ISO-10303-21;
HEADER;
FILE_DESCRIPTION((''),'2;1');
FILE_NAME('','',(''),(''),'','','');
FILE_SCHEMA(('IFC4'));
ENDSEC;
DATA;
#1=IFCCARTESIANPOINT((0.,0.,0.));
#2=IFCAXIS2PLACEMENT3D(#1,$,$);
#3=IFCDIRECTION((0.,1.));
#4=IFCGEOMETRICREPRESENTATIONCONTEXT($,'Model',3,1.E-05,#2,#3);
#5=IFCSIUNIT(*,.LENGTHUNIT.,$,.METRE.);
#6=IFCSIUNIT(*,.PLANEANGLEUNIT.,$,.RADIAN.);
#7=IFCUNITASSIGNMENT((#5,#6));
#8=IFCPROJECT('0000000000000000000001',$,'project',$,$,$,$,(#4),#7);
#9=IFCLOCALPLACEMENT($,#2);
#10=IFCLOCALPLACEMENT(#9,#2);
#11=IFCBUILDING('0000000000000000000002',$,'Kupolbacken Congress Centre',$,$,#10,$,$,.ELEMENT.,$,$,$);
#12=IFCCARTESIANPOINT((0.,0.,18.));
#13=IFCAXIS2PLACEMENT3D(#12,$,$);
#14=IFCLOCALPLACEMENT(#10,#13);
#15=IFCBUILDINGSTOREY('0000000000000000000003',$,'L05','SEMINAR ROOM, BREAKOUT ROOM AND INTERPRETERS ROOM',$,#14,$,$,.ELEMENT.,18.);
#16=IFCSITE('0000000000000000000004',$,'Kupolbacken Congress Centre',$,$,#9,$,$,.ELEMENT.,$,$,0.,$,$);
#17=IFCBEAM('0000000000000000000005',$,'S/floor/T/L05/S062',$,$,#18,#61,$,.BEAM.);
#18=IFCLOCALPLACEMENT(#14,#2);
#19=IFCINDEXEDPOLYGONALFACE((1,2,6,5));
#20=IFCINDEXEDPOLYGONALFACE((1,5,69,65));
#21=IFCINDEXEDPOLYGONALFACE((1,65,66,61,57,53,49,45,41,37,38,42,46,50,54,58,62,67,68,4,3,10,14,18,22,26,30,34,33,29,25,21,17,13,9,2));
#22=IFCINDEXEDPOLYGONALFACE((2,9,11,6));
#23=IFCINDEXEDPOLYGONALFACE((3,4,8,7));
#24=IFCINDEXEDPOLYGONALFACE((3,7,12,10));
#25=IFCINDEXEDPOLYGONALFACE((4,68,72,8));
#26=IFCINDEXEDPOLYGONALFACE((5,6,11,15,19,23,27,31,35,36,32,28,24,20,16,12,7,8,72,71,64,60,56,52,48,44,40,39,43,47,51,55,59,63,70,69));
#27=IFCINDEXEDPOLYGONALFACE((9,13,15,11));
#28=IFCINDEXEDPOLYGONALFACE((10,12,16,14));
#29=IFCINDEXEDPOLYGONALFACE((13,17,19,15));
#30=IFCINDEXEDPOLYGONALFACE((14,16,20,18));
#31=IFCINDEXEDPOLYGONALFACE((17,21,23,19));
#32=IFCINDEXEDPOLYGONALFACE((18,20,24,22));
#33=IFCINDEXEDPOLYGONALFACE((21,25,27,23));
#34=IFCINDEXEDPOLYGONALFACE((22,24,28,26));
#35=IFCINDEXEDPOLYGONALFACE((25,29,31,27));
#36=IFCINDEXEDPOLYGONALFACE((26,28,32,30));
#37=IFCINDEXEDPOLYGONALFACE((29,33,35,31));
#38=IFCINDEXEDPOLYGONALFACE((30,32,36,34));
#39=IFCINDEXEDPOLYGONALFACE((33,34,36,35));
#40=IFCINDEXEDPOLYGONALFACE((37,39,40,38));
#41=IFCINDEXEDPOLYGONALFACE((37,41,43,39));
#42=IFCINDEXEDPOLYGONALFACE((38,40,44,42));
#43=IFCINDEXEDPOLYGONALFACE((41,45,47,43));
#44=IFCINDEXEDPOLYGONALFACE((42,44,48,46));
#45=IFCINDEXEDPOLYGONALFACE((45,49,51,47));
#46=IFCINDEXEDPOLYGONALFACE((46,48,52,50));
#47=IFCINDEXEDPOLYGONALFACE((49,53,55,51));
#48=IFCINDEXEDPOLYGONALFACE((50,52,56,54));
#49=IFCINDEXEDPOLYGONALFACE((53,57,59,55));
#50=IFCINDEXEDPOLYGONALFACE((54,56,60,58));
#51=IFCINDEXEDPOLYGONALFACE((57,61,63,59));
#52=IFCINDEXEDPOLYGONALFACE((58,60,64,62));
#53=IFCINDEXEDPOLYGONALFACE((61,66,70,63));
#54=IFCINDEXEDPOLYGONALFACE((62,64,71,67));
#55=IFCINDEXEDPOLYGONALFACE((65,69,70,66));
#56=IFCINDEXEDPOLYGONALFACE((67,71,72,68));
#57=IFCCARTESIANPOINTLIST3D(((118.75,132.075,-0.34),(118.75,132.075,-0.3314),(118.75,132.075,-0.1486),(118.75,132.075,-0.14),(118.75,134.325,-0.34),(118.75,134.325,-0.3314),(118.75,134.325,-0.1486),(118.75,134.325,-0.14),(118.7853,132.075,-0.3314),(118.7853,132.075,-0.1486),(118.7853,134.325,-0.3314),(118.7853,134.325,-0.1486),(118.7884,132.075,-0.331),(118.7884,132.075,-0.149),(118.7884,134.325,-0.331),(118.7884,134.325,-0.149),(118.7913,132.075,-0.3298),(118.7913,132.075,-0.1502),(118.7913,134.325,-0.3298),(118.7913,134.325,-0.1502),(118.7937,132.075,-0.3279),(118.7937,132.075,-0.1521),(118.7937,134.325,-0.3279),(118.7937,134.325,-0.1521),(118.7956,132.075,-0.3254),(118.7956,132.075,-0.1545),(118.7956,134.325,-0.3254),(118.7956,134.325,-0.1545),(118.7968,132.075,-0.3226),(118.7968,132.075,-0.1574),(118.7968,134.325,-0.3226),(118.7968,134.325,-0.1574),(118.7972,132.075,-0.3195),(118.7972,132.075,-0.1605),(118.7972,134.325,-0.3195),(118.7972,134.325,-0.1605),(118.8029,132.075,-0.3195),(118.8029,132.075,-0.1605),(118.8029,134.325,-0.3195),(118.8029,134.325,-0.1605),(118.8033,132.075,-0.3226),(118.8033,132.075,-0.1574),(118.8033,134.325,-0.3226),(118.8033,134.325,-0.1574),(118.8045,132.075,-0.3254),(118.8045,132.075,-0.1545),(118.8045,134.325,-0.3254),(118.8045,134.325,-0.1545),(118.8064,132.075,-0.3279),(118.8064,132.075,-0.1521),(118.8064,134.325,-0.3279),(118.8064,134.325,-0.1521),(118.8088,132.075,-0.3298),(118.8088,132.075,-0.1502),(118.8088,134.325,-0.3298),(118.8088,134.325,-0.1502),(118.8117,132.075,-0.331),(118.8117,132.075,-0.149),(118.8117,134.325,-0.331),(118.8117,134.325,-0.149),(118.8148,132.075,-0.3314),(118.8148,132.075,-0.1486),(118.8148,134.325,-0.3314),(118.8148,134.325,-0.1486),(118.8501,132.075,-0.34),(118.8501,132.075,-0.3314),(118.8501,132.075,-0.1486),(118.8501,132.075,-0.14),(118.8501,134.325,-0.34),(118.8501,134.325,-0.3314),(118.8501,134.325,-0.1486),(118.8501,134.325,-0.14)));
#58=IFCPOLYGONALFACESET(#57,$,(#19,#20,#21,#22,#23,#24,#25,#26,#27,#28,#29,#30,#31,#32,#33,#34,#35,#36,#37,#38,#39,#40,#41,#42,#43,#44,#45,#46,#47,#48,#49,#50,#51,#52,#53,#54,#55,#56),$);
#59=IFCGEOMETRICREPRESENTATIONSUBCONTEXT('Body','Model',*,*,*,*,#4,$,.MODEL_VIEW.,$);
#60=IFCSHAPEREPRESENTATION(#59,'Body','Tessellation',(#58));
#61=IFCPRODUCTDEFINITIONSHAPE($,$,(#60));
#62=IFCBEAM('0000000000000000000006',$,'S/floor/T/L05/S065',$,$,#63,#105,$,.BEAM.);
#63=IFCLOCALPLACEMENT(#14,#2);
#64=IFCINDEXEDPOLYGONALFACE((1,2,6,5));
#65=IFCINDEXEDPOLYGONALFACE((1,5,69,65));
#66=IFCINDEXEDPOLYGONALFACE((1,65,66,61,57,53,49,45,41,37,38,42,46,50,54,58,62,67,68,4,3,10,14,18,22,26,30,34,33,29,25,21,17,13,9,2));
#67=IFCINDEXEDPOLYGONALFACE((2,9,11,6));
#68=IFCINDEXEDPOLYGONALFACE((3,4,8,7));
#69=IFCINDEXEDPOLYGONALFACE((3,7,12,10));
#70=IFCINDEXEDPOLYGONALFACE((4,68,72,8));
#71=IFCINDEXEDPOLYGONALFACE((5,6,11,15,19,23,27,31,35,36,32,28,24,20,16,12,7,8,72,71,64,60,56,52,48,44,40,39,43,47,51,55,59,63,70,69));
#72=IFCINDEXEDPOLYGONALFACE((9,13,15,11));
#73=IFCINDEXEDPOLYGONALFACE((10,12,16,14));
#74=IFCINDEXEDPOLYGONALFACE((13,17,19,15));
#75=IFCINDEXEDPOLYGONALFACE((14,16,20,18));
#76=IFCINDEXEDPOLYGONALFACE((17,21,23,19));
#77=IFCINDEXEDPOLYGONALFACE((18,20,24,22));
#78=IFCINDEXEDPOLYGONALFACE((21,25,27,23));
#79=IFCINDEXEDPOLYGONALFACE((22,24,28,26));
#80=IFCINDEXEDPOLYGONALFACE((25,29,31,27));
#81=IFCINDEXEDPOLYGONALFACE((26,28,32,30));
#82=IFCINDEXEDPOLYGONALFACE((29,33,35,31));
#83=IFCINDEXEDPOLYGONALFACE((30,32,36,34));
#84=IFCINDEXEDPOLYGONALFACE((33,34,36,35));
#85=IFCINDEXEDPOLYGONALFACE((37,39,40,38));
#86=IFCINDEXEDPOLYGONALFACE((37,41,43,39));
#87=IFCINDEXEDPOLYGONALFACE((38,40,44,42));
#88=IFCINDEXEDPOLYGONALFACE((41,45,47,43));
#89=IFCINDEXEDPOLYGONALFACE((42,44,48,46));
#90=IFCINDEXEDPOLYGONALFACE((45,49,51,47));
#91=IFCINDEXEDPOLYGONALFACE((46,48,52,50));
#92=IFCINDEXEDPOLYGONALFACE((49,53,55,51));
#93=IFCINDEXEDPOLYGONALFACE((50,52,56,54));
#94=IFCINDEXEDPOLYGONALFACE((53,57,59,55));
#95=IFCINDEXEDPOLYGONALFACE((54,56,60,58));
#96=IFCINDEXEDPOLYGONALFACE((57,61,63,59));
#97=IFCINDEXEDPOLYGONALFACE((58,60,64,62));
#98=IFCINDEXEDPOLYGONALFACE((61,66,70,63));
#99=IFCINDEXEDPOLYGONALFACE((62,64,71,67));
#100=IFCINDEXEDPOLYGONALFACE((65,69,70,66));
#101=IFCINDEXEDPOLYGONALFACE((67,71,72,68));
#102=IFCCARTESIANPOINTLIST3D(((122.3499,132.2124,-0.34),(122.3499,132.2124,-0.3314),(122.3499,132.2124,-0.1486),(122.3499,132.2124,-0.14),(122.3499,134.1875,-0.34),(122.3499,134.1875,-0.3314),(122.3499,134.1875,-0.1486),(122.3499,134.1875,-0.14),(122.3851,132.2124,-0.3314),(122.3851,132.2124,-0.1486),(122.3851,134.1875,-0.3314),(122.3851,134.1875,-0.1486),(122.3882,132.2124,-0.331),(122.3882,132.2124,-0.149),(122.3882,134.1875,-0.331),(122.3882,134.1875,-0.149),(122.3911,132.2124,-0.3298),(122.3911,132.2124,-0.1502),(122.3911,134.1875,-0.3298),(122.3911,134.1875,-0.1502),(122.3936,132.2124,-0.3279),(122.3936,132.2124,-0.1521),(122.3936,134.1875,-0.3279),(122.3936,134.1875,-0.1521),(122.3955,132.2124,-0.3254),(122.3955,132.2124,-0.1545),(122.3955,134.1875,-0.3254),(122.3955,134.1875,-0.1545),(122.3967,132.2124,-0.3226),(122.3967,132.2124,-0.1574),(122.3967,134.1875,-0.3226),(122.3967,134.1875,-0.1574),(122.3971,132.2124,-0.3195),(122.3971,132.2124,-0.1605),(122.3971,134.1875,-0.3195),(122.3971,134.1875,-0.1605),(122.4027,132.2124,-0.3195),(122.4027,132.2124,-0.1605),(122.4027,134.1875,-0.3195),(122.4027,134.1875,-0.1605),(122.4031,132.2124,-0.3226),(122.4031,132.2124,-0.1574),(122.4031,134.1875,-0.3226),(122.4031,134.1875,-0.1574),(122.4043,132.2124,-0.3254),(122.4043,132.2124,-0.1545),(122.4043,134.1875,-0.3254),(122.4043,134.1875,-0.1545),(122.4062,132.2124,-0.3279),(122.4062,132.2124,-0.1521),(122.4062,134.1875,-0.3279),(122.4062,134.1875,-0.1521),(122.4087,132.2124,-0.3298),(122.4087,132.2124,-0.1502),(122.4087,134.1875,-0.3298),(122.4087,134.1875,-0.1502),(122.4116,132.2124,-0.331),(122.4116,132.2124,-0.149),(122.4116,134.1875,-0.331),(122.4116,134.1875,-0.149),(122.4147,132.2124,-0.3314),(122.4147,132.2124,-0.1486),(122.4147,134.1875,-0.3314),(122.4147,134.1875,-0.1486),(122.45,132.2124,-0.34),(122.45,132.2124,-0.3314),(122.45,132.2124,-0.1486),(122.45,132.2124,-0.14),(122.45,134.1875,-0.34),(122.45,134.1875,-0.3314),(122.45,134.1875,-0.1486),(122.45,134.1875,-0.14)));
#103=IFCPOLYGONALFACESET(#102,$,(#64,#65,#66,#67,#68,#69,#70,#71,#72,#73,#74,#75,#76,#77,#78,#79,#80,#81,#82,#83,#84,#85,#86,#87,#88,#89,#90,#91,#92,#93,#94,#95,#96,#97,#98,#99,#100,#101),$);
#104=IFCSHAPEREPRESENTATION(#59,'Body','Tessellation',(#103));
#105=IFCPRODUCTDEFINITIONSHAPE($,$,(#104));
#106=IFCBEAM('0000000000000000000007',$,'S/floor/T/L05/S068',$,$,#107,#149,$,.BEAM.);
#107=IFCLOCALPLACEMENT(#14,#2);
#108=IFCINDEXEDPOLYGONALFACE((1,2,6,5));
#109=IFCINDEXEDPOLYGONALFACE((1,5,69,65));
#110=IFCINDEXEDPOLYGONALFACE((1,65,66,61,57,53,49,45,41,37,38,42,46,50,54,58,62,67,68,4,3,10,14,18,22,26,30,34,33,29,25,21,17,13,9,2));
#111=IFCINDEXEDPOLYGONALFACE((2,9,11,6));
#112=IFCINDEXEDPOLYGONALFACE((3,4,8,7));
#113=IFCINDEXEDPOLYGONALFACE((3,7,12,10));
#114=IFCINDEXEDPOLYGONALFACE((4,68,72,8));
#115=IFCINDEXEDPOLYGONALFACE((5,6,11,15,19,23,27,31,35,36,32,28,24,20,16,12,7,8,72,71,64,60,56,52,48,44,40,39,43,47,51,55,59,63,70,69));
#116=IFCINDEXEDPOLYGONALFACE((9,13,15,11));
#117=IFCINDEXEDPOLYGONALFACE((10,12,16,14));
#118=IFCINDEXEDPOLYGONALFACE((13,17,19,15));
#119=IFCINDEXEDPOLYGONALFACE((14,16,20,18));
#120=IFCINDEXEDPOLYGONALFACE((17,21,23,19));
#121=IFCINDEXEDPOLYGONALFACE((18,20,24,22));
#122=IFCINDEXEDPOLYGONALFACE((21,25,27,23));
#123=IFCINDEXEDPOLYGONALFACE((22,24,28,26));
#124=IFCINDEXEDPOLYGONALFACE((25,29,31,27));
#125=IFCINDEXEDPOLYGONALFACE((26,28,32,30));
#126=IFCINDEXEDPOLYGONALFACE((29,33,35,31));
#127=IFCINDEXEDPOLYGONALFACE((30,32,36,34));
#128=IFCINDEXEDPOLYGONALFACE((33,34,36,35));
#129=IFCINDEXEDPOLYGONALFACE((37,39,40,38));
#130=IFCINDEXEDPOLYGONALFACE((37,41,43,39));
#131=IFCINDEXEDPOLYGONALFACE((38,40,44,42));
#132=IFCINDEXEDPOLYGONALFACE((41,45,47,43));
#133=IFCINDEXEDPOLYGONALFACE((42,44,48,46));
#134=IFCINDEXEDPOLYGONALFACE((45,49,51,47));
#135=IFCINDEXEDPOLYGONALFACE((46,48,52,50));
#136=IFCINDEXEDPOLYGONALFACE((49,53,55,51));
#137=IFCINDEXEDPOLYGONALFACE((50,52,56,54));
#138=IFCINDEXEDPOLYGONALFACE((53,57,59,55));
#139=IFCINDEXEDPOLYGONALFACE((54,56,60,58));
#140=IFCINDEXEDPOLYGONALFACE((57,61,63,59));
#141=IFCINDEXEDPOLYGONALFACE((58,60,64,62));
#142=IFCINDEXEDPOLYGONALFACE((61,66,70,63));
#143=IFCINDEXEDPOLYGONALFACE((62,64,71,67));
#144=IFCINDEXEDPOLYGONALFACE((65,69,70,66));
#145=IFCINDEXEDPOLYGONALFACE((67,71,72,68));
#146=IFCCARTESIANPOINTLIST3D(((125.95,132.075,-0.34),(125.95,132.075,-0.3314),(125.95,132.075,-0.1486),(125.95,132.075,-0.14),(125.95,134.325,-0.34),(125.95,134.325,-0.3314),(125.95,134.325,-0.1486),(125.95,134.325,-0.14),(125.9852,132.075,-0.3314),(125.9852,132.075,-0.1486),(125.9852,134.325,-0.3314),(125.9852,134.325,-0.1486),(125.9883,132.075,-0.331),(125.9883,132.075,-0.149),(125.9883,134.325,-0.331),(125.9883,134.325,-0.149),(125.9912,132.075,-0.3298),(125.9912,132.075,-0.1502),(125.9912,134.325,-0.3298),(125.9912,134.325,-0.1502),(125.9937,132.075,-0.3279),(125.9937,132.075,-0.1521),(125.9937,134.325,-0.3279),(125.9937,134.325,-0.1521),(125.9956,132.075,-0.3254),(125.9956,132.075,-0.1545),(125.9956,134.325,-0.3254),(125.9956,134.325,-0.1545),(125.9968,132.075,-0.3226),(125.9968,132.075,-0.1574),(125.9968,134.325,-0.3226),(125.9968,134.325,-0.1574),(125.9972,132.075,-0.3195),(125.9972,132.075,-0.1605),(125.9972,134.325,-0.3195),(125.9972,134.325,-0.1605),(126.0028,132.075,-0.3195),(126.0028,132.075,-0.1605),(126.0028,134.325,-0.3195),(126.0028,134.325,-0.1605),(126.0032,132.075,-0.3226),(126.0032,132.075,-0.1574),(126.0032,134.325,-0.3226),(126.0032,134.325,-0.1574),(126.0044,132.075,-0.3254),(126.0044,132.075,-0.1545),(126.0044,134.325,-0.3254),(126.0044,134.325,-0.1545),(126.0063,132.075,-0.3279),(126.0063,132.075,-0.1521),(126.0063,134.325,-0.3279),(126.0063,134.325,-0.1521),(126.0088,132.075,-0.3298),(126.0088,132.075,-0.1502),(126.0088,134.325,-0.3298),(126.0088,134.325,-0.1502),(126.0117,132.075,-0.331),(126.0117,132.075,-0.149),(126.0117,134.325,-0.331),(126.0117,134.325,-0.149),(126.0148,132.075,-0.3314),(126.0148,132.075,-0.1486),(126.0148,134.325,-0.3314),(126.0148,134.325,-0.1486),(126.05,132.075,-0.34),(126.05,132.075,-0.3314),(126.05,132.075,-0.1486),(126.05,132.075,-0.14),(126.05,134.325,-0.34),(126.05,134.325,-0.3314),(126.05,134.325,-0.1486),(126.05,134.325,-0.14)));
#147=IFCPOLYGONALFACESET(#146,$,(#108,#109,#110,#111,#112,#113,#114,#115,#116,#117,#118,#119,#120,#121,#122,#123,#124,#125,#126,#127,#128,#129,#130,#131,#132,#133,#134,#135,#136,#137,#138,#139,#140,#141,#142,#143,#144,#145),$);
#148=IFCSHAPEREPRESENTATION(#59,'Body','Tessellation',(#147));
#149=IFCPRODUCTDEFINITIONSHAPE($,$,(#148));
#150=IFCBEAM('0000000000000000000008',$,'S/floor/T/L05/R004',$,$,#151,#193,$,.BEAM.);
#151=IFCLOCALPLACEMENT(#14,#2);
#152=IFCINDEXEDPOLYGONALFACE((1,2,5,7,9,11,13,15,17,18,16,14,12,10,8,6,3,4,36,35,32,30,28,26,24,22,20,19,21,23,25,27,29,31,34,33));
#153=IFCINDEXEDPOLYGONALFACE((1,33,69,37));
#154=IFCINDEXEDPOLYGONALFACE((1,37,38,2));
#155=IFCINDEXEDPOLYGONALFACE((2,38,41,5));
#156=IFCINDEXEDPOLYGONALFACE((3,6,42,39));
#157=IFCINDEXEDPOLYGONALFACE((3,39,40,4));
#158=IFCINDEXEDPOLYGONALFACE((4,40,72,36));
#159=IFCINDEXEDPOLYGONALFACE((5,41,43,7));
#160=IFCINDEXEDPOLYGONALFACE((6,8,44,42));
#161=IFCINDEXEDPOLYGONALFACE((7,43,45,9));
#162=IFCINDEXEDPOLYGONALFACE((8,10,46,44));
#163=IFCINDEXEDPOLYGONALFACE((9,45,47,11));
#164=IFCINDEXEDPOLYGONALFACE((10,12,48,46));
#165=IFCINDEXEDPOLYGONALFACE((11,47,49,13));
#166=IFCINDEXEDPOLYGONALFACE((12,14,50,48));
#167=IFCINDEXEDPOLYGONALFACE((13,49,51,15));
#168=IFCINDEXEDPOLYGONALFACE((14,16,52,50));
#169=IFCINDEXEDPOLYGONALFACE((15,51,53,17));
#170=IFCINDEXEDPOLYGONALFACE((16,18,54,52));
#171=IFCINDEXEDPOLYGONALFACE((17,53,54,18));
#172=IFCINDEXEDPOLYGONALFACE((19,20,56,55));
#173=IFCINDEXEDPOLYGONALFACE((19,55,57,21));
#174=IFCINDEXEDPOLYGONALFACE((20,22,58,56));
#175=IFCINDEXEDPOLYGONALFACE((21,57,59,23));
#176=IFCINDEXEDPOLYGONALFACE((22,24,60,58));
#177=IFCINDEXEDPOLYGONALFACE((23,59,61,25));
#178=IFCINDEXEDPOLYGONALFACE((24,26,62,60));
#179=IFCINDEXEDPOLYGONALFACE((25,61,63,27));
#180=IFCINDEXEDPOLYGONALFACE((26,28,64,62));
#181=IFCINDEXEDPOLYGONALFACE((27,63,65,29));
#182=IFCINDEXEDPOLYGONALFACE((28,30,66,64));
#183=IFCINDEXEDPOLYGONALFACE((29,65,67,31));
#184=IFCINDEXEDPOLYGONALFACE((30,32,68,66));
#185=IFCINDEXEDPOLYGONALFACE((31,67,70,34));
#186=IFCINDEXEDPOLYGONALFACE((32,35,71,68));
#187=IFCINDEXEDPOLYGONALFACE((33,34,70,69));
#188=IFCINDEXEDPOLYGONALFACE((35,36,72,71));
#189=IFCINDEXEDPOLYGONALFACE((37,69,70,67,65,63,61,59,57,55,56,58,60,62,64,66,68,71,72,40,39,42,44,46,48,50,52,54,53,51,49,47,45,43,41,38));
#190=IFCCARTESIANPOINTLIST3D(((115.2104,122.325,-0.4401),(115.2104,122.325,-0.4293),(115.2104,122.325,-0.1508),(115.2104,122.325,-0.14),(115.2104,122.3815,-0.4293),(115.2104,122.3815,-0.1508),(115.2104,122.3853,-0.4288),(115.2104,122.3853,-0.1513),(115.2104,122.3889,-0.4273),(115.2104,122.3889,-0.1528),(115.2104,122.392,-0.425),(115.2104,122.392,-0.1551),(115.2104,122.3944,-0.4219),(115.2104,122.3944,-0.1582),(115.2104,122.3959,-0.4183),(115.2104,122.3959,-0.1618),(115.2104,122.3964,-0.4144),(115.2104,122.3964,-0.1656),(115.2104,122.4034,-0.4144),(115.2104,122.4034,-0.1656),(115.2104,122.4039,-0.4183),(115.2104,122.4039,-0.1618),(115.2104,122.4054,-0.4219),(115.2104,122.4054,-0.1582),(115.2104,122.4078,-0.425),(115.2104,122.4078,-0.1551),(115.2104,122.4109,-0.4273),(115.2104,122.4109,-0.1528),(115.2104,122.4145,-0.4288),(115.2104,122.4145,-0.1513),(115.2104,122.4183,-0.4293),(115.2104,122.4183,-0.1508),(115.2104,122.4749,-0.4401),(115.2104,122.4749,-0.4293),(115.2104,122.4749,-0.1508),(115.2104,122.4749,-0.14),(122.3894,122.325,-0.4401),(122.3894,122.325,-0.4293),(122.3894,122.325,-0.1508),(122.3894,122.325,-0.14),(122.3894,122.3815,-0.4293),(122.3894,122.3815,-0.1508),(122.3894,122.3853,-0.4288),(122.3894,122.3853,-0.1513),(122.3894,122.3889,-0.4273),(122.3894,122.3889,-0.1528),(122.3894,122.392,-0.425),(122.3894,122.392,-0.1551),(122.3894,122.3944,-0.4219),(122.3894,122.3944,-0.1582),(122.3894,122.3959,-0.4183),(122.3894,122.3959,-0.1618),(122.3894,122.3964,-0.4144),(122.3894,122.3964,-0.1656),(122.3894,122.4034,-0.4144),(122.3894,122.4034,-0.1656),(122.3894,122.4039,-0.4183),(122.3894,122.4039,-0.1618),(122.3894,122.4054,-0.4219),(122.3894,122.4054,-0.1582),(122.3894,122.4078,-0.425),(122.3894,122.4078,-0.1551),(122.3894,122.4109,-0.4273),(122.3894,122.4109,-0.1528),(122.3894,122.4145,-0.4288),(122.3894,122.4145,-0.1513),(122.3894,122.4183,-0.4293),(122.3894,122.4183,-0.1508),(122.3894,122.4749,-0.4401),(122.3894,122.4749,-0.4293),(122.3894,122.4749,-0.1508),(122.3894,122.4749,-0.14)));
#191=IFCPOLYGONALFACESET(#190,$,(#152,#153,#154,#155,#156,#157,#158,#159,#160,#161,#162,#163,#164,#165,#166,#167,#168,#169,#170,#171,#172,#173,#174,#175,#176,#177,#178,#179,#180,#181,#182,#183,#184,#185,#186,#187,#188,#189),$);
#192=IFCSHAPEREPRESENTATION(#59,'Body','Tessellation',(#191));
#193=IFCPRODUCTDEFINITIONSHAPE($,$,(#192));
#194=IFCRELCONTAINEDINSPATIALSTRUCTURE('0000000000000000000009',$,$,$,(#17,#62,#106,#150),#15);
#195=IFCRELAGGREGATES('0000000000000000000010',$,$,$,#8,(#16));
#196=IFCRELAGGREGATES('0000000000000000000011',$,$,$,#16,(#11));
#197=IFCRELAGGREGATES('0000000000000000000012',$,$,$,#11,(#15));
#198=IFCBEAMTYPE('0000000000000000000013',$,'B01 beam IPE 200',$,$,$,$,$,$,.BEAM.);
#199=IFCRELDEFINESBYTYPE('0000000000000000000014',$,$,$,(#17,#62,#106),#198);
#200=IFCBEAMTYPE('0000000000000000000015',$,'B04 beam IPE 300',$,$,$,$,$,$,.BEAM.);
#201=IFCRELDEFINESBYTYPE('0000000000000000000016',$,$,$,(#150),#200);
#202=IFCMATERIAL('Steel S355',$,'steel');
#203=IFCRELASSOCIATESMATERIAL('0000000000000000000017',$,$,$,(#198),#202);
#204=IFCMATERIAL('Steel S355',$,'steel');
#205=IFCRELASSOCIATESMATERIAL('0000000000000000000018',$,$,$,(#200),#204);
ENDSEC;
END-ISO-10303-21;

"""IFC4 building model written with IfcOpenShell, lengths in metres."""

from ifc_helpers import new_model, si_unit, direction, frame, origin, origin_2d, place, context, subcontext, project, spatial, i_section, extrude, material, material_profile, profile_set, type_object, element, save


model = new_model("IFC4")

# Units and contexts
model_context = context("Model", 3, precision=1e-05, world=origin(), true_north=direction((0.0, 1.0)))
body_context = subcontext(model_context, "Body", "Model", "MODEL_VIEW")
ifc_project = project(units=[si_unit("LENGTHUNIT", "METRE"), si_unit("PLANEANGLEUNIT", "RADIAN")], contexts=[model_context])

# Site, building, storey
site_placement = place(None, origin())
site = spatial("IfcSite", under=ifc_project, at=site_placement, Name="Kupolbacken Congress Centre", CompositionType="ELEMENT", RefElevation=0.0)
building_placement = place(site_placement, origin())
building = spatial("IfcBuilding", under=site, at=building_placement, Name="Kupolbacken Congress Centre", CompositionType="ELEMENT")
storey_placement = place(building_placement, frame((0.0, 0.0, 18.0)))
storey = spatial("IfcBuildingStorey", under=building, at=storey_placement, Name="L05", Description="SEMINAR ROOM, BREAKOUT ROOM AND INTERPRETERS ROOM", CompositionType="ELEMENT", Elevation=18.0)

# Beams
ifc_material_1 = material(Name="Steel S355", Category="steel")
ifc_material_profile_1 = material_profile(ifc_material_1, i_section(OverallWidth=0.1001, OverallDepth=0.2, WebThickness=0.0056, FlangeThickness=0.0085, FilletRadius=0.012, at=origin_2d()), Name="IPE 200")
ifc_profile_set_1 = profile_set([ifc_material_profile_1], Name="Steel S355")
beam_type_1 = type_object("IfcBeamType", Name="B01 beam IPE 200", PredefinedType="BEAM", material=ifc_profile_set_1)
beam_1_placement = place(storey_placement, frame((118.8, 132.075, -0.24), z_axis=(0.0, 1.0, 0.0), x_axis=(-1.0, 0.0, 0.0)))
element("IfcBeam", 1, at=beam_1_placement, inside=storey, type_object=beam_type_1, Name="S/floor/T/L05/S062", PredefinedType="BEAM", context=body_context, shape_type="SweptSolid", body=[
    extrude(i_section(OverallWidth=0.1001, OverallDepth=0.2, WebThickness=0.0056, FlangeThickness=0.0085, FilletRadius=0.012, at=origin_2d()), origin(), (0.0, 0.0, 1.0), 2.25),
])
beam_2_placement = place(storey_placement, frame((122.3999, 132.2124, -0.24), z_axis=(0.0, 1.0, 0.0), x_axis=(-1.0, 0.0, 0.0)))
element("IfcBeam", 2, at=beam_2_placement, inside=storey, type_object=beam_type_1, Name="S/floor/T/L05/S065", PredefinedType="BEAM", context=body_context, shape_type="SweptSolid", body=[
    extrude(i_section(OverallWidth=0.1001, OverallDepth=0.2, WebThickness=0.0056, FlangeThickness=0.0085, FilletRadius=0.012, at=origin_2d()), origin(), (0.0, 0.0, 1.0), 1.9751),
])
beam_3_placement = place(storey_placement, frame((126.0, 132.075, -0.24), z_axis=(0.0, 1.0, 0.0), x_axis=(-1.0, 0.0, 0.0)))
element("IfcBeam", 3, at=beam_3_placement, inside=storey, type_object=beam_type_1, Name="S/floor/T/L05/S068", PredefinedType="BEAM", context=body_context, shape_type="SweptSolid", body=[
    extrude(i_section(OverallWidth=0.1001, OverallDepth=0.2, WebThickness=0.0056, FlangeThickness=0.0085, FilletRadius=0.012, at=origin_2d()), origin(), (0.0, 0.0, 1.0), 2.25),
])
ifc_material_2 = material(Name="Steel S355", Category="steel")
ifc_material_profile_2 = material_profile(ifc_material_2, i_section(OverallWidth=0.1499, OverallDepth=0.3, WebThickness=0.0071, FlangeThickness=0.0107, FilletRadius=0.0149, at=origin_2d()), Name="IPE 300")
ifc_profile_set_2 = profile_set([ifc_material_profile_2], Name="Steel S355")
beam_type_2 = type_object("IfcBeamType", Name="B04 beam IPE 300", PredefinedType="BEAM", material=ifc_profile_set_2)
beam_4_placement = place(storey_placement, frame((115.2104, 122.3999, -0.29), z_axis=(1.0, 0.0, 0.0), x_axis=(0.0, 1.0, 0.0)))
element("IfcBeam", 4, at=beam_4_placement, inside=storey, type_object=beam_type_2, Name="S/floor/T/L05/R004", PredefinedType="BEAM", context=body_context, shape_type="SweptSolid", body=[
    extrude(i_section(OverallWidth=0.1499, OverallDepth=0.3, WebThickness=0.0071, FlangeThickness=0.0107, FilletRadius=0.0149, at=origin_2d()), origin(), (0.0, 0.0, 1.0), 7.179),
])

save(model, "model.ifc")
